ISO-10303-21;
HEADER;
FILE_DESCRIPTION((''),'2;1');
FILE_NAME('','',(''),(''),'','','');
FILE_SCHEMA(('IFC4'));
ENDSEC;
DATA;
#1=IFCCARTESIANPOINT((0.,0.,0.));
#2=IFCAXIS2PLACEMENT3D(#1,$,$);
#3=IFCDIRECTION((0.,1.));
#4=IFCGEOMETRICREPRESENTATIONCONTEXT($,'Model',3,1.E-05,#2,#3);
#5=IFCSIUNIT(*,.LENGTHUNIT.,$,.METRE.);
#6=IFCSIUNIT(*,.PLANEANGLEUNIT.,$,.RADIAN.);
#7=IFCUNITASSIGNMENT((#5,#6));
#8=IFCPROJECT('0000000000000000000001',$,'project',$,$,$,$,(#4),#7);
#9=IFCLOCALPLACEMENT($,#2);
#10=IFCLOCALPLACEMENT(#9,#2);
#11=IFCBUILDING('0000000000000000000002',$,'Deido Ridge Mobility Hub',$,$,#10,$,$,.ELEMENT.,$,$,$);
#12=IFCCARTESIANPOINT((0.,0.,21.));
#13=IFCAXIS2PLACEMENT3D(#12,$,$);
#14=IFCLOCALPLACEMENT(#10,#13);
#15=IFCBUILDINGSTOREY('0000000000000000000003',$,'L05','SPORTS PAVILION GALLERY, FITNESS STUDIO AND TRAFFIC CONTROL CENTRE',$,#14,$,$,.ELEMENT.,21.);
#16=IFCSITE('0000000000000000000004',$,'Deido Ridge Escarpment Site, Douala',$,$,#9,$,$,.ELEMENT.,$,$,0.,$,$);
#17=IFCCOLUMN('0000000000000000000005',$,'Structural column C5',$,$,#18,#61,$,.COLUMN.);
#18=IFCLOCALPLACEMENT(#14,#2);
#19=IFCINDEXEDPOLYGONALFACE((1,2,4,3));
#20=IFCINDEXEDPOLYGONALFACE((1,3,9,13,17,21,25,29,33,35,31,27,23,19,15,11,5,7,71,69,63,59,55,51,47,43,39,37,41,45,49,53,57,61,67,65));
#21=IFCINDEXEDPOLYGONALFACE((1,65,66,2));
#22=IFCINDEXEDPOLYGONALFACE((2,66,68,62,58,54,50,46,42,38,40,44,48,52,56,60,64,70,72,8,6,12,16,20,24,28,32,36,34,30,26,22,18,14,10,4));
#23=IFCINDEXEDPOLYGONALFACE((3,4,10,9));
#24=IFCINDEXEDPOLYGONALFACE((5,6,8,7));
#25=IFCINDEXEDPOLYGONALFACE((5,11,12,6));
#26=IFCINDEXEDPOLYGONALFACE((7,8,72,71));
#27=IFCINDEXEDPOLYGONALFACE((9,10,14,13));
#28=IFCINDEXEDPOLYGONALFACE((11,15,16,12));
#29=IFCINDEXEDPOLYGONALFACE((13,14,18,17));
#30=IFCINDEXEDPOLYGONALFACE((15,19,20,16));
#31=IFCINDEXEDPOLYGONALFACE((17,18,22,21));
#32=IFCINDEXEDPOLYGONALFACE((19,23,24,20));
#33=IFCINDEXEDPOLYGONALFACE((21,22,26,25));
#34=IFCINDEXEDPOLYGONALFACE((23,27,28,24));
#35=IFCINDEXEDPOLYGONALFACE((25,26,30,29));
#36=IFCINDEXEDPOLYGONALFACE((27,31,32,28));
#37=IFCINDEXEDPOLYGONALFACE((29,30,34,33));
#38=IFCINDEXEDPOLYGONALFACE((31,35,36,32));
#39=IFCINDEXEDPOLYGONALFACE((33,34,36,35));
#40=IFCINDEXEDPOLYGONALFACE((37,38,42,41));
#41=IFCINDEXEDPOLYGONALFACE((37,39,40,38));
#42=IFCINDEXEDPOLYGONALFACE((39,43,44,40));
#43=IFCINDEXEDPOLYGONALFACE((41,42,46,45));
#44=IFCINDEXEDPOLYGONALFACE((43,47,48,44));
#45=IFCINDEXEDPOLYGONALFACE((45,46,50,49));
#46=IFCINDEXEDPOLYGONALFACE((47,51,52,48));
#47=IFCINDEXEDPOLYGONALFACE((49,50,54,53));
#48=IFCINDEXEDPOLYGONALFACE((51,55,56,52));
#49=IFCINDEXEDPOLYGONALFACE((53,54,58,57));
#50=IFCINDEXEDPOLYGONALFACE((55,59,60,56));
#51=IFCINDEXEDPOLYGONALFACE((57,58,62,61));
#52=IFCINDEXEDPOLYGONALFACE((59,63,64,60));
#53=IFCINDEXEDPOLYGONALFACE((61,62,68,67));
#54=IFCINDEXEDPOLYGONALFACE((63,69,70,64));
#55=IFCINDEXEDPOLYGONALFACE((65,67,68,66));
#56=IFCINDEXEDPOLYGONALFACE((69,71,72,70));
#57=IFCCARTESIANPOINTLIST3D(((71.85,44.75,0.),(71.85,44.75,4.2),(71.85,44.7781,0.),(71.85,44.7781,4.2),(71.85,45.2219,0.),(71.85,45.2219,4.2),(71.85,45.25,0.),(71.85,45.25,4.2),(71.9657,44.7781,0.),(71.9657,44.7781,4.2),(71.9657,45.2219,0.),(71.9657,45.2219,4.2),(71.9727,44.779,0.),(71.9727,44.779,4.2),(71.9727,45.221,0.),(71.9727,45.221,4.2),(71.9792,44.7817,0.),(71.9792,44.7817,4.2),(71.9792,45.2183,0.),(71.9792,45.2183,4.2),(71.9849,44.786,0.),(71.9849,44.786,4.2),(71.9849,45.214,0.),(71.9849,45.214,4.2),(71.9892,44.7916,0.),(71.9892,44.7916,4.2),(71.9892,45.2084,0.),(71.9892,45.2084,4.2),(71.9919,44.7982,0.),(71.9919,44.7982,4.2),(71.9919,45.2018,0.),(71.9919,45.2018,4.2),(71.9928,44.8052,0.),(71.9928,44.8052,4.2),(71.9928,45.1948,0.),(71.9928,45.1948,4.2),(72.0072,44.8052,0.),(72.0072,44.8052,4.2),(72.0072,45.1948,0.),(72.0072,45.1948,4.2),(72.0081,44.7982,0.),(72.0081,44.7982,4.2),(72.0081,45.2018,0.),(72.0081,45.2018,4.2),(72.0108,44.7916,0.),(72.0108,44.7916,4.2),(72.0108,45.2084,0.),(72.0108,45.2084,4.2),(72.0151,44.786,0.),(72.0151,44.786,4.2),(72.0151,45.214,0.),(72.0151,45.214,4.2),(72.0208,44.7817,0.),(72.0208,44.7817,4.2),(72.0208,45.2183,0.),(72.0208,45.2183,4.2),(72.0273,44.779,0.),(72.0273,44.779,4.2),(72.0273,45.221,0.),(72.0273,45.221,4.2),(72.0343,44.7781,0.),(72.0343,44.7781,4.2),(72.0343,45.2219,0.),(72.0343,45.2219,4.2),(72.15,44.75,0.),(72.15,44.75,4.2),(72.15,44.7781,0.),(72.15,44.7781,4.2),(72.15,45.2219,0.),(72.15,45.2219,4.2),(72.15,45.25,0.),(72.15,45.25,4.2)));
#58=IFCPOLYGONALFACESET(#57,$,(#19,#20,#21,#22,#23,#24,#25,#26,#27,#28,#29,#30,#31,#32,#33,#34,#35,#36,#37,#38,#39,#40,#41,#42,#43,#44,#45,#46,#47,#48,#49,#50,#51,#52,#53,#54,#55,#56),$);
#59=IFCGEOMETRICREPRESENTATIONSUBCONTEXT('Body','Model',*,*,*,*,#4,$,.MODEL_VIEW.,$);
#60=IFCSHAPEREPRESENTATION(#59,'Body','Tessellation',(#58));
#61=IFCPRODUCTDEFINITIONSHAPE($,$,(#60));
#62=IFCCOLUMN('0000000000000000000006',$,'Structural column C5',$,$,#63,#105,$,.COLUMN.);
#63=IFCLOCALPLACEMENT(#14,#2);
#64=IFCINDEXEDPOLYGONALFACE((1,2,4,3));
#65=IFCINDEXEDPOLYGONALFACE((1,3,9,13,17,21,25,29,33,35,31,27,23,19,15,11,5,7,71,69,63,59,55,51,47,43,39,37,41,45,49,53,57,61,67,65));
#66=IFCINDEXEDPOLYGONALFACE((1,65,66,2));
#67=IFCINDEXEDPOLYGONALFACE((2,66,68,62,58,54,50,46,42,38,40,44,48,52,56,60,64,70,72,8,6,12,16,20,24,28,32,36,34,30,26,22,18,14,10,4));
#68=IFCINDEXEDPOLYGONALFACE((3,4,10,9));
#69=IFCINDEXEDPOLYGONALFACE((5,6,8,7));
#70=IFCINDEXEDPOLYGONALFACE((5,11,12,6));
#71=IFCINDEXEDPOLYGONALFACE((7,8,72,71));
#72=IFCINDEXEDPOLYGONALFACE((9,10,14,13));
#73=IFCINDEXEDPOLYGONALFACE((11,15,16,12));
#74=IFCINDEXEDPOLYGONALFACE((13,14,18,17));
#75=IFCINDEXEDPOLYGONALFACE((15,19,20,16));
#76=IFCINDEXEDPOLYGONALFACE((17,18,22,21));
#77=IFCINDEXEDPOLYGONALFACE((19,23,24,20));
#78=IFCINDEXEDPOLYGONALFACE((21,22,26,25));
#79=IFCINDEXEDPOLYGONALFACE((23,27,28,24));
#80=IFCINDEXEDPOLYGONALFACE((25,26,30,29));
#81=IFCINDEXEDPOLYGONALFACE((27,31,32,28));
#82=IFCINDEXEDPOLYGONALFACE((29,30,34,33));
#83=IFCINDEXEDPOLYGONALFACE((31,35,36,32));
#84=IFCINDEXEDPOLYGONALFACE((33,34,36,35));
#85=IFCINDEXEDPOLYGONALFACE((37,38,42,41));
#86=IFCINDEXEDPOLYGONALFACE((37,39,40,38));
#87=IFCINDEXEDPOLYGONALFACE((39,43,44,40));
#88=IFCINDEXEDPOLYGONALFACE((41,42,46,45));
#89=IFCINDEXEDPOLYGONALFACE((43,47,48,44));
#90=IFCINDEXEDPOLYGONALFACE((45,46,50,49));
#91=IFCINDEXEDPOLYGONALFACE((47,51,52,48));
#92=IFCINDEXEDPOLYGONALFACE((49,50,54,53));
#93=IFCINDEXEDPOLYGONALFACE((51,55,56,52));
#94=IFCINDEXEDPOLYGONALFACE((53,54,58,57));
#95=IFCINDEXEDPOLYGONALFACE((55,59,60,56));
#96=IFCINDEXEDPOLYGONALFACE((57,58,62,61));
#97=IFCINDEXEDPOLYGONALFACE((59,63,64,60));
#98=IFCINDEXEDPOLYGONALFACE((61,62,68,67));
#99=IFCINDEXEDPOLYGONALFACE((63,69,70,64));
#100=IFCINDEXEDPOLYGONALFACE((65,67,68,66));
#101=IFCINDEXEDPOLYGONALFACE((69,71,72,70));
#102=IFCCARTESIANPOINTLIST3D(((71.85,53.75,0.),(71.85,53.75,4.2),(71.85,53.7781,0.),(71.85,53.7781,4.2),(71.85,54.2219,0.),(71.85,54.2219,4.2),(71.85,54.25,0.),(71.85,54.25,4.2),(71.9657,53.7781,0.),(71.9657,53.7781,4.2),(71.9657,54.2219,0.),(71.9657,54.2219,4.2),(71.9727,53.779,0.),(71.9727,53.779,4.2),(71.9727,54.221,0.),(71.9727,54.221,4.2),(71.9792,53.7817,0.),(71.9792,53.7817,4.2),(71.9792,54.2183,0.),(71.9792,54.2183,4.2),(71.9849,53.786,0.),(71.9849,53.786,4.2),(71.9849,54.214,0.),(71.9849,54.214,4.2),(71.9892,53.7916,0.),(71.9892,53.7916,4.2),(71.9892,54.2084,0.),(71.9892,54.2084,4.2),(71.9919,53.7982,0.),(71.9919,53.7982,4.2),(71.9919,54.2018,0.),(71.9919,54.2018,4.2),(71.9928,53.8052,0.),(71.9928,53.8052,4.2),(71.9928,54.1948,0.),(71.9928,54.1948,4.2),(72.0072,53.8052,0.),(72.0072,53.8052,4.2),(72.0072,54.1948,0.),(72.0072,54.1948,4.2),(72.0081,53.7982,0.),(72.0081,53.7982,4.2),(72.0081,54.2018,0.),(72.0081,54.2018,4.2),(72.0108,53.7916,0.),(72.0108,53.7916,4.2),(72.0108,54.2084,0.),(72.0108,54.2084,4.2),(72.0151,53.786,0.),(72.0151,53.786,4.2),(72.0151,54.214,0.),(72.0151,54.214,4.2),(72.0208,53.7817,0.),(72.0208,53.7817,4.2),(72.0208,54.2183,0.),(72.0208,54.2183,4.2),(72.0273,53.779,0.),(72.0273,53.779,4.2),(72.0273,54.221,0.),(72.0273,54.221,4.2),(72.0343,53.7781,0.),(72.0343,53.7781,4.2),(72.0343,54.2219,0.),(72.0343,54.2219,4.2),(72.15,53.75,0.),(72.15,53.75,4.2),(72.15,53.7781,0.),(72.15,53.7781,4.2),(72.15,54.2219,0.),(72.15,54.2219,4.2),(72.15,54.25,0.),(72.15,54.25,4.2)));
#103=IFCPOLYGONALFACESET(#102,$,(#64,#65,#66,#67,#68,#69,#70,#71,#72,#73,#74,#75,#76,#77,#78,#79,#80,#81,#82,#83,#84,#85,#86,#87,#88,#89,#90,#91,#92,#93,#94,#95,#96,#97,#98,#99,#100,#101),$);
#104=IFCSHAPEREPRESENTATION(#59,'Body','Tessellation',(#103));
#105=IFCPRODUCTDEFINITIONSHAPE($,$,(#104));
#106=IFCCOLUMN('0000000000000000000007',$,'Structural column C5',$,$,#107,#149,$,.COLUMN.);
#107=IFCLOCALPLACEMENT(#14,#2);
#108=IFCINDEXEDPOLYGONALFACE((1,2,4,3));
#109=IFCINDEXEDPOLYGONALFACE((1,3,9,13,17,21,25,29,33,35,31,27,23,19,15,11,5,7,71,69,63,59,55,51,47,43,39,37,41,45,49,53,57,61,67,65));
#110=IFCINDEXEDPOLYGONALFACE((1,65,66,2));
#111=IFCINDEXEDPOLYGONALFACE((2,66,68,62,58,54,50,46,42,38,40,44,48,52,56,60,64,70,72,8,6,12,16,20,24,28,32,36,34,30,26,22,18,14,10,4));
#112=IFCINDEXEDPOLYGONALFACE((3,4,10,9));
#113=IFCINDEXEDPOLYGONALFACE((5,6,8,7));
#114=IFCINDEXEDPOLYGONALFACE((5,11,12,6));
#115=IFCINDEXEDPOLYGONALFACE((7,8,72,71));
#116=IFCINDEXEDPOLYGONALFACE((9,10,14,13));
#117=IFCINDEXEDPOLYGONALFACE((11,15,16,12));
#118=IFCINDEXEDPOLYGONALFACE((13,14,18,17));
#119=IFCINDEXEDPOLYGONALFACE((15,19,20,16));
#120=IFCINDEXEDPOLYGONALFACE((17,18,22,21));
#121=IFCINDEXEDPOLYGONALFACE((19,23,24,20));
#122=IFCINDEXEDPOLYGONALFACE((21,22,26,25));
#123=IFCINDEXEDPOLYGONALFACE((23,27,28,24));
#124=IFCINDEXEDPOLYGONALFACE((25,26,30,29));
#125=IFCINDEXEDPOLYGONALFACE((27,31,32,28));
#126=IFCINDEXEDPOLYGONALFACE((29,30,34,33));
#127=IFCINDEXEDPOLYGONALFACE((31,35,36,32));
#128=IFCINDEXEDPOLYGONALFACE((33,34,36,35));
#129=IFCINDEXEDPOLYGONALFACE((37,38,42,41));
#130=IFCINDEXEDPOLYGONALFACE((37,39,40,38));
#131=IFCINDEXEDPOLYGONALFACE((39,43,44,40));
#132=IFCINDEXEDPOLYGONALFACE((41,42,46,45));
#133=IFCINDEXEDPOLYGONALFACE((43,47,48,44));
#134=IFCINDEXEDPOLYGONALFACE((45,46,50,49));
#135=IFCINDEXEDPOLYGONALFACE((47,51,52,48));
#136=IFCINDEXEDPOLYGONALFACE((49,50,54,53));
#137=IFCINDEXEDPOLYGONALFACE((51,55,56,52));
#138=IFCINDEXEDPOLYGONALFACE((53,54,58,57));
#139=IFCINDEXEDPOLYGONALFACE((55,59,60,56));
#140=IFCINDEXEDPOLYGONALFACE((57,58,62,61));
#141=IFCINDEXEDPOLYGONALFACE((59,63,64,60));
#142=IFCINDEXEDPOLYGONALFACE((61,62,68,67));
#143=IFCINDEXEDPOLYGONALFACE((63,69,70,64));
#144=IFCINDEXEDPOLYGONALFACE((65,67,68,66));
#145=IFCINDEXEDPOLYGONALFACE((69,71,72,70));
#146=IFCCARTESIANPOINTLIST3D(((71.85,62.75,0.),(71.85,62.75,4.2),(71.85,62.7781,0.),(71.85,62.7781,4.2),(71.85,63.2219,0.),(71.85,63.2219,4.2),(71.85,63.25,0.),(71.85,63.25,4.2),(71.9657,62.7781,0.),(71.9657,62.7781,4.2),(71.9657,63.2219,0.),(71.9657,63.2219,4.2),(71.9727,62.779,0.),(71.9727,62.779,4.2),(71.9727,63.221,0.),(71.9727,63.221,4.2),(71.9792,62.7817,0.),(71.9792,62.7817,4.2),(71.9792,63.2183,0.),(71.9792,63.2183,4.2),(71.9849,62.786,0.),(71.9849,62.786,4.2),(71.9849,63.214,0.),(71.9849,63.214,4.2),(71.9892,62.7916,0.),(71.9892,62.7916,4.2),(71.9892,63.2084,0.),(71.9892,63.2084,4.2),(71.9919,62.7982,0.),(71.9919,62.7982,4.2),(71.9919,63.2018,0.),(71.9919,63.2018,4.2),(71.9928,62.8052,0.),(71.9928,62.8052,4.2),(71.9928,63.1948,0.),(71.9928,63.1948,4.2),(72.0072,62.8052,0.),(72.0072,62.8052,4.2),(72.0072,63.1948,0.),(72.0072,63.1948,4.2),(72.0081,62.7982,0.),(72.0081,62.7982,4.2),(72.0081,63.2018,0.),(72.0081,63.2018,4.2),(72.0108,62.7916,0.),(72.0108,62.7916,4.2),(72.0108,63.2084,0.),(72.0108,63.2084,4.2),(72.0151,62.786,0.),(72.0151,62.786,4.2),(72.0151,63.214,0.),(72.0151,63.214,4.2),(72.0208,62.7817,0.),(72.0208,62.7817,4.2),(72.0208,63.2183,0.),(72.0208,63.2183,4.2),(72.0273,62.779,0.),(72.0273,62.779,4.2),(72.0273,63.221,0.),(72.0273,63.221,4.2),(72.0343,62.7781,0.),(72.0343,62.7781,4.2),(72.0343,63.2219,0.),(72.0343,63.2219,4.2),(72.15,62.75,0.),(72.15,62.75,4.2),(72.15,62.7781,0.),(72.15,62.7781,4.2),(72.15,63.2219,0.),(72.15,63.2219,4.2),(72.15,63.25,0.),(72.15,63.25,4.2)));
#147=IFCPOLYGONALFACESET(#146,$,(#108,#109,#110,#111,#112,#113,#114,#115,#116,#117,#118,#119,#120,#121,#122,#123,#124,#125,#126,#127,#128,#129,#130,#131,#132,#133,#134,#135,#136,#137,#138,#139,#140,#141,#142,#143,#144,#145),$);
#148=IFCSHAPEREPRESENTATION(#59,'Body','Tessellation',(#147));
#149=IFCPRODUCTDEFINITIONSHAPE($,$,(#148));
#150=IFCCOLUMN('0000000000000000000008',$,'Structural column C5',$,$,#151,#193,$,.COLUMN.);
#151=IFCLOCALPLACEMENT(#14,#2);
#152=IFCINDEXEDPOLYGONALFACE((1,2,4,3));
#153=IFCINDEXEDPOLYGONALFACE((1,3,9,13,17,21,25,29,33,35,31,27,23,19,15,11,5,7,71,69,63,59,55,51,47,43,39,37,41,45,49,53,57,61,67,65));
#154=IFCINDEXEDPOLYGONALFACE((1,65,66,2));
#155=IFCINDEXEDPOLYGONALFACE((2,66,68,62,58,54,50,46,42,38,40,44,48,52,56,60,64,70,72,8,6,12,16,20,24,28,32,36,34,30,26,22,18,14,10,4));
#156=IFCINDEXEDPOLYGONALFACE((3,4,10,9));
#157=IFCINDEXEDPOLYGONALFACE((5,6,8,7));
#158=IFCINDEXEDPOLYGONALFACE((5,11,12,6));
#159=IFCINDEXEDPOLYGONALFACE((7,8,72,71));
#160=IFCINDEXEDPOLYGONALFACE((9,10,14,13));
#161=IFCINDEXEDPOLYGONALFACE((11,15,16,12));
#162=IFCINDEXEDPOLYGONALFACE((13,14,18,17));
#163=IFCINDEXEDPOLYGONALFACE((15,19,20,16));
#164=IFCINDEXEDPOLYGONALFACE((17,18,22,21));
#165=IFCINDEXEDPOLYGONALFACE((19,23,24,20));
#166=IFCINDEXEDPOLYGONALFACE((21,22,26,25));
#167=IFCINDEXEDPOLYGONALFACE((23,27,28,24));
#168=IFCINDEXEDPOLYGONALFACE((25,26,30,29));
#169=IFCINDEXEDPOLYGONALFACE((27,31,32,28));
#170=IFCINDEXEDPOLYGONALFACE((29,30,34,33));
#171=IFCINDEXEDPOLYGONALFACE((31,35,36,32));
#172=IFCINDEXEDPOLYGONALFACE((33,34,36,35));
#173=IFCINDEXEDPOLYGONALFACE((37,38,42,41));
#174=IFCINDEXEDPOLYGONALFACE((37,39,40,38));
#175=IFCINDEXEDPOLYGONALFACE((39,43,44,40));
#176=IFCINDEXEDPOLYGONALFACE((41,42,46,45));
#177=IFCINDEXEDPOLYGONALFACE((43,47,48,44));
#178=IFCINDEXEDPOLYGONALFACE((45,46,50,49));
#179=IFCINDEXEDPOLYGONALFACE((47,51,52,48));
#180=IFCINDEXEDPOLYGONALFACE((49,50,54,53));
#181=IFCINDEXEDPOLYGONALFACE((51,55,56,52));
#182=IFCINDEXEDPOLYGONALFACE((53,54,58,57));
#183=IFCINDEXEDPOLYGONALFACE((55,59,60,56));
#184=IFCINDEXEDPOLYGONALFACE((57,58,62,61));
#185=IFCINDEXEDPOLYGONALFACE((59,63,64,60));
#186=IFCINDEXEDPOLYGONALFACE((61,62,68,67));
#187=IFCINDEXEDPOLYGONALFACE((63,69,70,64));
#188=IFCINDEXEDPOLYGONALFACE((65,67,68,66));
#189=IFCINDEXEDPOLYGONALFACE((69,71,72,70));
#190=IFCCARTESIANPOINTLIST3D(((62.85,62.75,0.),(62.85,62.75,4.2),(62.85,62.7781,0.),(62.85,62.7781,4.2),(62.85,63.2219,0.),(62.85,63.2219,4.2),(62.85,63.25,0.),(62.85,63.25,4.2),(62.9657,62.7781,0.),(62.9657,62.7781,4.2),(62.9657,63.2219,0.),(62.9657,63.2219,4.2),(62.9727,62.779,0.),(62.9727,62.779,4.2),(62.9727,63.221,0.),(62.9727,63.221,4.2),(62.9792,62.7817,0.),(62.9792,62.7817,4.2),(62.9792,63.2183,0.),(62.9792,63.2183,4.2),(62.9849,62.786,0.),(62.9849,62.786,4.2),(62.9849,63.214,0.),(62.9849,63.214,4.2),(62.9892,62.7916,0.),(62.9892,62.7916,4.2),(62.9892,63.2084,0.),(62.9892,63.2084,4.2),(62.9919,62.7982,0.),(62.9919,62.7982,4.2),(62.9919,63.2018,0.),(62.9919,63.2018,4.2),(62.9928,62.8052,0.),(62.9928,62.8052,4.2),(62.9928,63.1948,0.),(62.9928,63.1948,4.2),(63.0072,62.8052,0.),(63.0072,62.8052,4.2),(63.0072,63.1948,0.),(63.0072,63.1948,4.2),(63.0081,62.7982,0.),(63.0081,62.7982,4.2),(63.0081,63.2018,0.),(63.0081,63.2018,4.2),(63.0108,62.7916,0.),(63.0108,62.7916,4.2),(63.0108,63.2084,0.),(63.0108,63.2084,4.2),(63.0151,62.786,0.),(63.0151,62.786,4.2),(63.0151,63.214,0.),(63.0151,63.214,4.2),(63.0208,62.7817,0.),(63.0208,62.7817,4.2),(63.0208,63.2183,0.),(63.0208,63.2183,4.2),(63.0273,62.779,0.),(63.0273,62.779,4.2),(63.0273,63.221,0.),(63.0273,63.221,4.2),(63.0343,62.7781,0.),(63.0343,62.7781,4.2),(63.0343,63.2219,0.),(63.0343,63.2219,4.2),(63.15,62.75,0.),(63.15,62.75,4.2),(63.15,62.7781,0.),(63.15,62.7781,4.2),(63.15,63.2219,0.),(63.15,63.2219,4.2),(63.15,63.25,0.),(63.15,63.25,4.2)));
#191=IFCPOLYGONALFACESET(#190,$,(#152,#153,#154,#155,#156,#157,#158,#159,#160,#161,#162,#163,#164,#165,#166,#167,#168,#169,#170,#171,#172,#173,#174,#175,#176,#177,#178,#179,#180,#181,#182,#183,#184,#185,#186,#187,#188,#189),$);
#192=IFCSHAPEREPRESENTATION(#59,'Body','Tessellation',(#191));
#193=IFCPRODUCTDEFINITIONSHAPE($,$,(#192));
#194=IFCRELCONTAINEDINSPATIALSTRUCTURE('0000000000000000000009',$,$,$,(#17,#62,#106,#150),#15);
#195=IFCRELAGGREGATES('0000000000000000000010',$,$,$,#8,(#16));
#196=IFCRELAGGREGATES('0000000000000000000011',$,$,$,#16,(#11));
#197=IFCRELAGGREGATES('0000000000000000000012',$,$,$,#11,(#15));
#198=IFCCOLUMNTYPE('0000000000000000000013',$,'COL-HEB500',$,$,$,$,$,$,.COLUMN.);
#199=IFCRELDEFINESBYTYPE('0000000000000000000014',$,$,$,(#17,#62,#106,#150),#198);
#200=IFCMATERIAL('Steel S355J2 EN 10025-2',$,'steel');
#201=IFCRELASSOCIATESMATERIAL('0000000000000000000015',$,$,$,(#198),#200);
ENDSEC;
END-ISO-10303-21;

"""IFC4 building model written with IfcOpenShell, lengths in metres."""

from ifc_helpers import new_model, si_unit, direction, frame, origin, origin_2d, place, context, subcontext, project, spatial, i_section, extrude, material, material_profile, profile_set, type_object, element, save


model = new_model("IFC4")

# Units and contexts
model_context = context("Model", 3, precision=1e-05, world=origin(), true_north=direction((0.0, 1.0)))
body_context = subcontext(model_context, "Body", "Model", "MODEL_VIEW")
ifc_project = project(units=[si_unit("LENGTHUNIT", "METRE"), si_unit("PLANEANGLEUNIT", "RADIAN")], contexts=[model_context])

# Site, building, storey
site_placement = place(None, origin())
site = spatial("IfcSite", under=ifc_project, at=site_placement, Name="Deido Ridge Escarpment Site, Douala", CompositionType="ELEMENT", RefElevation=0.0)
building_placement = place(site_placement, origin())
building = spatial("IfcBuilding", under=site, at=building_placement, Name="Deido Ridge Mobility Hub", CompositionType="ELEMENT")
storey_placement = place(building_placement, frame((0.0, 0.0, 21.0)))
storey = spatial("IfcBuildingStorey", under=building, at=storey_placement, Name="L05", Description="SPORTS PAVILION GALLERY, FITNESS STUDIO AND TRAFFIC CONTROL CENTRE", CompositionType="ELEMENT", Elevation=21.0)

# Columns
ifc_material_1 = material(Name="Steel S355J2 EN 10025-2", Category="steel")
ifc_material_profile_1 = material_profile(ifc_material_1, i_section(OverallWidth=0.3, OverallDepth=0.5, WebThickness=0.0144, FlangeThickness=0.0281, FilletRadius=0.0271, at=origin_2d()), Name="HEB 500")
ifc_profile_set_1 = profile_set([ifc_material_profile_1], Name="Steel S355J2 EN 10025-2")
column_type = type_object("IfcColumnType", Name="COL-HEB500", PredefinedType="COLUMN", material=ifc_profile_set_1)
for number, where, z_axis, x_axis, name in (
    (1, (72.0, 45.0, 0.0), (0.0, 0.0, 1.0), (1.0, 0.0, 0.0), "Structural column C5"),
    (2, (72.0, 54.0, 0.0), (0.0, 0.0, 1.0), (1.0, 0.0, 0.0), "Structural column C5"),
    (3, (72.0, 63.0, 0.0), (0.0, 0.0, 1.0), (1.0, 0.0, 0.0), "Structural column C5"),
    (4, (63.0, 63.0, 0.0), (0.0, 0.0, 1.0), (1.0, 0.0, 0.0), "Structural column C5"),
):
    element("IfcColumn", number, at=place(storey_placement, frame(where, z_axis=z_axis, x_axis=x_axis)), inside=storey, type_object=column_type, Name=name, PredefinedType="COLUMN", context=body_context, shape_type="SweptSolid", body=[
        extrude(i_section(OverallWidth=0.3, OverallDepth=0.5, WebThickness=0.0144, FlangeThickness=0.0281, FilletRadius=0.0271, at=origin_2d()), origin(), (0.0, 0.0, 1.0), 4.2),
    ])

save(model, "model.ifc")
